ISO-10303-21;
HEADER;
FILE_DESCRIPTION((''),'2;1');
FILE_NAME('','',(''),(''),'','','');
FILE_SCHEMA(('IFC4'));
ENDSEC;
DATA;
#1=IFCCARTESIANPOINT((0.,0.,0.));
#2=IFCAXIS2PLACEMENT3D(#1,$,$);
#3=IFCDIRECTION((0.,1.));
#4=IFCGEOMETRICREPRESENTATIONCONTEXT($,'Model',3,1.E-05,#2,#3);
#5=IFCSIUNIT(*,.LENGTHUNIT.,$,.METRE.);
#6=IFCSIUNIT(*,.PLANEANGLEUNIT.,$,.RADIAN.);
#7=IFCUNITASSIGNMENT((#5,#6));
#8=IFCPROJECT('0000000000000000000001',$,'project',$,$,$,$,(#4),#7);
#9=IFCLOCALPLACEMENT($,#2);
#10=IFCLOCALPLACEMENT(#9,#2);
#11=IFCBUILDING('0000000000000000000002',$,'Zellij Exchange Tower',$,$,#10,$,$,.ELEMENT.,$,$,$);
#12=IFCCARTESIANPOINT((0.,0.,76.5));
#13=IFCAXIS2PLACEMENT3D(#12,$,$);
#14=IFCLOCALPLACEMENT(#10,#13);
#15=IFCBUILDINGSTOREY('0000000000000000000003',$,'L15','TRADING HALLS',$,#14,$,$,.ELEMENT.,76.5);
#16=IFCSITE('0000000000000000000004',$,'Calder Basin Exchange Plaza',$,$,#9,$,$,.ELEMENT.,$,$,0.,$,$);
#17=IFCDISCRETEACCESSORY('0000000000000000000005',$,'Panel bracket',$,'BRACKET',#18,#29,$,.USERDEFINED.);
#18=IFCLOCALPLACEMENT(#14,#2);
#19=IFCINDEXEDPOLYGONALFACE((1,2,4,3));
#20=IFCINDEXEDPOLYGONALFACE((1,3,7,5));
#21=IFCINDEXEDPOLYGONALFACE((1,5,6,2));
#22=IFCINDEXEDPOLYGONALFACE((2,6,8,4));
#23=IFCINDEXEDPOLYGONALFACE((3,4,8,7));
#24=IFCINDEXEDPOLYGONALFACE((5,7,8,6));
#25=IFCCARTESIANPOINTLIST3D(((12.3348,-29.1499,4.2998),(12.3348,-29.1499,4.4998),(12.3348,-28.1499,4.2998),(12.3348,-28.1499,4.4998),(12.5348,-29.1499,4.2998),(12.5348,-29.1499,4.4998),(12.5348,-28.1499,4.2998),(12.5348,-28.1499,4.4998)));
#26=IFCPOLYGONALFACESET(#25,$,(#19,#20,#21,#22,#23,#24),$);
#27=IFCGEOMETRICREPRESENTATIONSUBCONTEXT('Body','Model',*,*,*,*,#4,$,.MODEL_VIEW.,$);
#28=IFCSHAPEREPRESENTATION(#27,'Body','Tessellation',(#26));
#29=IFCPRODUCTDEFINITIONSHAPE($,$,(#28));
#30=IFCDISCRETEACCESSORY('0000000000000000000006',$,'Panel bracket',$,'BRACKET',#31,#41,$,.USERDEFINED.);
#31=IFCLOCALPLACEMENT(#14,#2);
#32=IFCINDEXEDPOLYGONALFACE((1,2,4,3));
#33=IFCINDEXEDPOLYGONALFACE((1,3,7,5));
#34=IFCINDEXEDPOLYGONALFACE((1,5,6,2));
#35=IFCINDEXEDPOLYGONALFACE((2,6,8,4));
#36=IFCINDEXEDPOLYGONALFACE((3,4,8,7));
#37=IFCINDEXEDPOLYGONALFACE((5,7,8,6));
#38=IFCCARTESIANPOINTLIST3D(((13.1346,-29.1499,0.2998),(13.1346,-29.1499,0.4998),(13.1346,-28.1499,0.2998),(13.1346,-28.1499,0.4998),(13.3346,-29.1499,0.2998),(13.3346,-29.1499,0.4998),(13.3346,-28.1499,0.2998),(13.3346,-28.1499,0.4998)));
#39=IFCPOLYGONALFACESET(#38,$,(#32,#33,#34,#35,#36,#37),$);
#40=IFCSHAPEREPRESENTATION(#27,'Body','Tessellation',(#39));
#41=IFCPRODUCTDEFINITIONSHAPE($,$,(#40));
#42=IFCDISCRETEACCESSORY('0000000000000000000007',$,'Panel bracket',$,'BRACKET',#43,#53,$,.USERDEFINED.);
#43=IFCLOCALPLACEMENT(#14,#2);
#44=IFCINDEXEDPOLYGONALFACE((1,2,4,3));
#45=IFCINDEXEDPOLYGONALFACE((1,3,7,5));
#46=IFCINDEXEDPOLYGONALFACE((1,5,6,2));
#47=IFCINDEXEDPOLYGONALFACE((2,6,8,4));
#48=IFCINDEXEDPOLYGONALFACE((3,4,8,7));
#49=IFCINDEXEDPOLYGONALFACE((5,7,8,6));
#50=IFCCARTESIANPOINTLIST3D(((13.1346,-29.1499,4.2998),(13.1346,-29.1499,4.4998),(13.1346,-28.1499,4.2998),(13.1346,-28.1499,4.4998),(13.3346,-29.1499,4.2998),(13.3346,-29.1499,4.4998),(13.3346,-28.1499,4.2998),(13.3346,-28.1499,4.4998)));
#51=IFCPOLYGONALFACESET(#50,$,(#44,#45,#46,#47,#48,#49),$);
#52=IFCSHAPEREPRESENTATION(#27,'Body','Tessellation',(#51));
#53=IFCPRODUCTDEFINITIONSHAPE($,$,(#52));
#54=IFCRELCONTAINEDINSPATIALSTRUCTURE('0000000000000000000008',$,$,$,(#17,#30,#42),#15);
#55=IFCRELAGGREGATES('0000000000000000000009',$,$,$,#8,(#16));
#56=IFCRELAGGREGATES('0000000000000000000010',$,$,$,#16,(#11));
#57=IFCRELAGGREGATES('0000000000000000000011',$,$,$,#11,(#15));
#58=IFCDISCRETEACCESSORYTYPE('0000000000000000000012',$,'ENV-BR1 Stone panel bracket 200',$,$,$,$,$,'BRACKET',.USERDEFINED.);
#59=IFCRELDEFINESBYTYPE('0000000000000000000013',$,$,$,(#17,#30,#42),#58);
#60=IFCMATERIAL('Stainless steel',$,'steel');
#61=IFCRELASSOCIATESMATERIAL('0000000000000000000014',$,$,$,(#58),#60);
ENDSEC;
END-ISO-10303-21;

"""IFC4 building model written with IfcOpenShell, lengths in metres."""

from ifc_helpers import new_model, si_unit, direction, frame, origin, origin_2d, place, context, subcontext, project, spatial, rectangle, extrude, material, type_object, element, save


model = new_model("IFC4")

# Units and contexts
model_context = context("Model", 3, precision=1e-05, world=origin(), true_north=direction((0.0, 1.0)))
body_context = subcontext(model_context, "Body", "Model", "MODEL_VIEW")
ifc_project = project(units=[si_unit("LENGTHUNIT", "METRE"), si_unit("PLANEANGLEUNIT", "RADIAN")], contexts=[model_context])

# Site, building, storey
site_placement = place(None, origin())
site = spatial("IfcSite", under=ifc_project, at=site_placement, Name="Calder Basin Exchange Plaza", CompositionType="ELEMENT", RefElevation=0.0)
building_placement = place(site_placement, origin())
building = spatial("IfcBuilding", under=site, at=building_placement, Name="Zellij Exchange Tower", CompositionType="ELEMENT")
storey_placement = place(building_placement, frame((0.0, 0.0, 76.5)))
storey = spatial("IfcBuildingStorey", under=building, at=storey_placement, Name="L15", Description="TRADING HALLS", CompositionType="ELEMENT", Elevation=76.5)

# Discrete accessories
ifc_material_1 = material(Name="Stainless steel", Category="steel")
discrete_accessory_type = type_object("IfcDiscreteAccessoryType", Name="ENV-BR1 Stone panel bracket 200", ElementType="BRACKET", PredefinedType="USERDEFINED", material=ifc_material_1)
for number, where, z_axis, x_axis, name in (
    (1, (12.4348, -28.6499, 4.2998), (0.0, 0.0, 1.0), (1.0, 0.0, 0.0), "Panel bracket"),
    (2, (13.2346, -28.6499, 0.2998), (0.0, 0.0, 1.0), (1.0, 0.0, 0.0), "Panel bracket"),
    (3, (13.2346, -28.6499, 4.2998), (0.0, 0.0, 1.0), (1.0, 0.0, 0.0), "Panel bracket"),
):
    element("IfcDiscreteAccessory", number, at=place(storey_placement, frame(where, z_axis=z_axis, x_axis=x_axis)), inside=storey, type_object=discrete_accessory_type, Name=name, ObjectType="BRACKET", PredefinedType="USERDEFINED", context=body_context, shape_type="SweptSolid", body=[
        extrude(rectangle(XDim=0.2, YDim=1.0, at=origin_2d()), origin(), (0.0, 0.0, 1.0), 0.2),
    ])

save(model, "model.ifc")
